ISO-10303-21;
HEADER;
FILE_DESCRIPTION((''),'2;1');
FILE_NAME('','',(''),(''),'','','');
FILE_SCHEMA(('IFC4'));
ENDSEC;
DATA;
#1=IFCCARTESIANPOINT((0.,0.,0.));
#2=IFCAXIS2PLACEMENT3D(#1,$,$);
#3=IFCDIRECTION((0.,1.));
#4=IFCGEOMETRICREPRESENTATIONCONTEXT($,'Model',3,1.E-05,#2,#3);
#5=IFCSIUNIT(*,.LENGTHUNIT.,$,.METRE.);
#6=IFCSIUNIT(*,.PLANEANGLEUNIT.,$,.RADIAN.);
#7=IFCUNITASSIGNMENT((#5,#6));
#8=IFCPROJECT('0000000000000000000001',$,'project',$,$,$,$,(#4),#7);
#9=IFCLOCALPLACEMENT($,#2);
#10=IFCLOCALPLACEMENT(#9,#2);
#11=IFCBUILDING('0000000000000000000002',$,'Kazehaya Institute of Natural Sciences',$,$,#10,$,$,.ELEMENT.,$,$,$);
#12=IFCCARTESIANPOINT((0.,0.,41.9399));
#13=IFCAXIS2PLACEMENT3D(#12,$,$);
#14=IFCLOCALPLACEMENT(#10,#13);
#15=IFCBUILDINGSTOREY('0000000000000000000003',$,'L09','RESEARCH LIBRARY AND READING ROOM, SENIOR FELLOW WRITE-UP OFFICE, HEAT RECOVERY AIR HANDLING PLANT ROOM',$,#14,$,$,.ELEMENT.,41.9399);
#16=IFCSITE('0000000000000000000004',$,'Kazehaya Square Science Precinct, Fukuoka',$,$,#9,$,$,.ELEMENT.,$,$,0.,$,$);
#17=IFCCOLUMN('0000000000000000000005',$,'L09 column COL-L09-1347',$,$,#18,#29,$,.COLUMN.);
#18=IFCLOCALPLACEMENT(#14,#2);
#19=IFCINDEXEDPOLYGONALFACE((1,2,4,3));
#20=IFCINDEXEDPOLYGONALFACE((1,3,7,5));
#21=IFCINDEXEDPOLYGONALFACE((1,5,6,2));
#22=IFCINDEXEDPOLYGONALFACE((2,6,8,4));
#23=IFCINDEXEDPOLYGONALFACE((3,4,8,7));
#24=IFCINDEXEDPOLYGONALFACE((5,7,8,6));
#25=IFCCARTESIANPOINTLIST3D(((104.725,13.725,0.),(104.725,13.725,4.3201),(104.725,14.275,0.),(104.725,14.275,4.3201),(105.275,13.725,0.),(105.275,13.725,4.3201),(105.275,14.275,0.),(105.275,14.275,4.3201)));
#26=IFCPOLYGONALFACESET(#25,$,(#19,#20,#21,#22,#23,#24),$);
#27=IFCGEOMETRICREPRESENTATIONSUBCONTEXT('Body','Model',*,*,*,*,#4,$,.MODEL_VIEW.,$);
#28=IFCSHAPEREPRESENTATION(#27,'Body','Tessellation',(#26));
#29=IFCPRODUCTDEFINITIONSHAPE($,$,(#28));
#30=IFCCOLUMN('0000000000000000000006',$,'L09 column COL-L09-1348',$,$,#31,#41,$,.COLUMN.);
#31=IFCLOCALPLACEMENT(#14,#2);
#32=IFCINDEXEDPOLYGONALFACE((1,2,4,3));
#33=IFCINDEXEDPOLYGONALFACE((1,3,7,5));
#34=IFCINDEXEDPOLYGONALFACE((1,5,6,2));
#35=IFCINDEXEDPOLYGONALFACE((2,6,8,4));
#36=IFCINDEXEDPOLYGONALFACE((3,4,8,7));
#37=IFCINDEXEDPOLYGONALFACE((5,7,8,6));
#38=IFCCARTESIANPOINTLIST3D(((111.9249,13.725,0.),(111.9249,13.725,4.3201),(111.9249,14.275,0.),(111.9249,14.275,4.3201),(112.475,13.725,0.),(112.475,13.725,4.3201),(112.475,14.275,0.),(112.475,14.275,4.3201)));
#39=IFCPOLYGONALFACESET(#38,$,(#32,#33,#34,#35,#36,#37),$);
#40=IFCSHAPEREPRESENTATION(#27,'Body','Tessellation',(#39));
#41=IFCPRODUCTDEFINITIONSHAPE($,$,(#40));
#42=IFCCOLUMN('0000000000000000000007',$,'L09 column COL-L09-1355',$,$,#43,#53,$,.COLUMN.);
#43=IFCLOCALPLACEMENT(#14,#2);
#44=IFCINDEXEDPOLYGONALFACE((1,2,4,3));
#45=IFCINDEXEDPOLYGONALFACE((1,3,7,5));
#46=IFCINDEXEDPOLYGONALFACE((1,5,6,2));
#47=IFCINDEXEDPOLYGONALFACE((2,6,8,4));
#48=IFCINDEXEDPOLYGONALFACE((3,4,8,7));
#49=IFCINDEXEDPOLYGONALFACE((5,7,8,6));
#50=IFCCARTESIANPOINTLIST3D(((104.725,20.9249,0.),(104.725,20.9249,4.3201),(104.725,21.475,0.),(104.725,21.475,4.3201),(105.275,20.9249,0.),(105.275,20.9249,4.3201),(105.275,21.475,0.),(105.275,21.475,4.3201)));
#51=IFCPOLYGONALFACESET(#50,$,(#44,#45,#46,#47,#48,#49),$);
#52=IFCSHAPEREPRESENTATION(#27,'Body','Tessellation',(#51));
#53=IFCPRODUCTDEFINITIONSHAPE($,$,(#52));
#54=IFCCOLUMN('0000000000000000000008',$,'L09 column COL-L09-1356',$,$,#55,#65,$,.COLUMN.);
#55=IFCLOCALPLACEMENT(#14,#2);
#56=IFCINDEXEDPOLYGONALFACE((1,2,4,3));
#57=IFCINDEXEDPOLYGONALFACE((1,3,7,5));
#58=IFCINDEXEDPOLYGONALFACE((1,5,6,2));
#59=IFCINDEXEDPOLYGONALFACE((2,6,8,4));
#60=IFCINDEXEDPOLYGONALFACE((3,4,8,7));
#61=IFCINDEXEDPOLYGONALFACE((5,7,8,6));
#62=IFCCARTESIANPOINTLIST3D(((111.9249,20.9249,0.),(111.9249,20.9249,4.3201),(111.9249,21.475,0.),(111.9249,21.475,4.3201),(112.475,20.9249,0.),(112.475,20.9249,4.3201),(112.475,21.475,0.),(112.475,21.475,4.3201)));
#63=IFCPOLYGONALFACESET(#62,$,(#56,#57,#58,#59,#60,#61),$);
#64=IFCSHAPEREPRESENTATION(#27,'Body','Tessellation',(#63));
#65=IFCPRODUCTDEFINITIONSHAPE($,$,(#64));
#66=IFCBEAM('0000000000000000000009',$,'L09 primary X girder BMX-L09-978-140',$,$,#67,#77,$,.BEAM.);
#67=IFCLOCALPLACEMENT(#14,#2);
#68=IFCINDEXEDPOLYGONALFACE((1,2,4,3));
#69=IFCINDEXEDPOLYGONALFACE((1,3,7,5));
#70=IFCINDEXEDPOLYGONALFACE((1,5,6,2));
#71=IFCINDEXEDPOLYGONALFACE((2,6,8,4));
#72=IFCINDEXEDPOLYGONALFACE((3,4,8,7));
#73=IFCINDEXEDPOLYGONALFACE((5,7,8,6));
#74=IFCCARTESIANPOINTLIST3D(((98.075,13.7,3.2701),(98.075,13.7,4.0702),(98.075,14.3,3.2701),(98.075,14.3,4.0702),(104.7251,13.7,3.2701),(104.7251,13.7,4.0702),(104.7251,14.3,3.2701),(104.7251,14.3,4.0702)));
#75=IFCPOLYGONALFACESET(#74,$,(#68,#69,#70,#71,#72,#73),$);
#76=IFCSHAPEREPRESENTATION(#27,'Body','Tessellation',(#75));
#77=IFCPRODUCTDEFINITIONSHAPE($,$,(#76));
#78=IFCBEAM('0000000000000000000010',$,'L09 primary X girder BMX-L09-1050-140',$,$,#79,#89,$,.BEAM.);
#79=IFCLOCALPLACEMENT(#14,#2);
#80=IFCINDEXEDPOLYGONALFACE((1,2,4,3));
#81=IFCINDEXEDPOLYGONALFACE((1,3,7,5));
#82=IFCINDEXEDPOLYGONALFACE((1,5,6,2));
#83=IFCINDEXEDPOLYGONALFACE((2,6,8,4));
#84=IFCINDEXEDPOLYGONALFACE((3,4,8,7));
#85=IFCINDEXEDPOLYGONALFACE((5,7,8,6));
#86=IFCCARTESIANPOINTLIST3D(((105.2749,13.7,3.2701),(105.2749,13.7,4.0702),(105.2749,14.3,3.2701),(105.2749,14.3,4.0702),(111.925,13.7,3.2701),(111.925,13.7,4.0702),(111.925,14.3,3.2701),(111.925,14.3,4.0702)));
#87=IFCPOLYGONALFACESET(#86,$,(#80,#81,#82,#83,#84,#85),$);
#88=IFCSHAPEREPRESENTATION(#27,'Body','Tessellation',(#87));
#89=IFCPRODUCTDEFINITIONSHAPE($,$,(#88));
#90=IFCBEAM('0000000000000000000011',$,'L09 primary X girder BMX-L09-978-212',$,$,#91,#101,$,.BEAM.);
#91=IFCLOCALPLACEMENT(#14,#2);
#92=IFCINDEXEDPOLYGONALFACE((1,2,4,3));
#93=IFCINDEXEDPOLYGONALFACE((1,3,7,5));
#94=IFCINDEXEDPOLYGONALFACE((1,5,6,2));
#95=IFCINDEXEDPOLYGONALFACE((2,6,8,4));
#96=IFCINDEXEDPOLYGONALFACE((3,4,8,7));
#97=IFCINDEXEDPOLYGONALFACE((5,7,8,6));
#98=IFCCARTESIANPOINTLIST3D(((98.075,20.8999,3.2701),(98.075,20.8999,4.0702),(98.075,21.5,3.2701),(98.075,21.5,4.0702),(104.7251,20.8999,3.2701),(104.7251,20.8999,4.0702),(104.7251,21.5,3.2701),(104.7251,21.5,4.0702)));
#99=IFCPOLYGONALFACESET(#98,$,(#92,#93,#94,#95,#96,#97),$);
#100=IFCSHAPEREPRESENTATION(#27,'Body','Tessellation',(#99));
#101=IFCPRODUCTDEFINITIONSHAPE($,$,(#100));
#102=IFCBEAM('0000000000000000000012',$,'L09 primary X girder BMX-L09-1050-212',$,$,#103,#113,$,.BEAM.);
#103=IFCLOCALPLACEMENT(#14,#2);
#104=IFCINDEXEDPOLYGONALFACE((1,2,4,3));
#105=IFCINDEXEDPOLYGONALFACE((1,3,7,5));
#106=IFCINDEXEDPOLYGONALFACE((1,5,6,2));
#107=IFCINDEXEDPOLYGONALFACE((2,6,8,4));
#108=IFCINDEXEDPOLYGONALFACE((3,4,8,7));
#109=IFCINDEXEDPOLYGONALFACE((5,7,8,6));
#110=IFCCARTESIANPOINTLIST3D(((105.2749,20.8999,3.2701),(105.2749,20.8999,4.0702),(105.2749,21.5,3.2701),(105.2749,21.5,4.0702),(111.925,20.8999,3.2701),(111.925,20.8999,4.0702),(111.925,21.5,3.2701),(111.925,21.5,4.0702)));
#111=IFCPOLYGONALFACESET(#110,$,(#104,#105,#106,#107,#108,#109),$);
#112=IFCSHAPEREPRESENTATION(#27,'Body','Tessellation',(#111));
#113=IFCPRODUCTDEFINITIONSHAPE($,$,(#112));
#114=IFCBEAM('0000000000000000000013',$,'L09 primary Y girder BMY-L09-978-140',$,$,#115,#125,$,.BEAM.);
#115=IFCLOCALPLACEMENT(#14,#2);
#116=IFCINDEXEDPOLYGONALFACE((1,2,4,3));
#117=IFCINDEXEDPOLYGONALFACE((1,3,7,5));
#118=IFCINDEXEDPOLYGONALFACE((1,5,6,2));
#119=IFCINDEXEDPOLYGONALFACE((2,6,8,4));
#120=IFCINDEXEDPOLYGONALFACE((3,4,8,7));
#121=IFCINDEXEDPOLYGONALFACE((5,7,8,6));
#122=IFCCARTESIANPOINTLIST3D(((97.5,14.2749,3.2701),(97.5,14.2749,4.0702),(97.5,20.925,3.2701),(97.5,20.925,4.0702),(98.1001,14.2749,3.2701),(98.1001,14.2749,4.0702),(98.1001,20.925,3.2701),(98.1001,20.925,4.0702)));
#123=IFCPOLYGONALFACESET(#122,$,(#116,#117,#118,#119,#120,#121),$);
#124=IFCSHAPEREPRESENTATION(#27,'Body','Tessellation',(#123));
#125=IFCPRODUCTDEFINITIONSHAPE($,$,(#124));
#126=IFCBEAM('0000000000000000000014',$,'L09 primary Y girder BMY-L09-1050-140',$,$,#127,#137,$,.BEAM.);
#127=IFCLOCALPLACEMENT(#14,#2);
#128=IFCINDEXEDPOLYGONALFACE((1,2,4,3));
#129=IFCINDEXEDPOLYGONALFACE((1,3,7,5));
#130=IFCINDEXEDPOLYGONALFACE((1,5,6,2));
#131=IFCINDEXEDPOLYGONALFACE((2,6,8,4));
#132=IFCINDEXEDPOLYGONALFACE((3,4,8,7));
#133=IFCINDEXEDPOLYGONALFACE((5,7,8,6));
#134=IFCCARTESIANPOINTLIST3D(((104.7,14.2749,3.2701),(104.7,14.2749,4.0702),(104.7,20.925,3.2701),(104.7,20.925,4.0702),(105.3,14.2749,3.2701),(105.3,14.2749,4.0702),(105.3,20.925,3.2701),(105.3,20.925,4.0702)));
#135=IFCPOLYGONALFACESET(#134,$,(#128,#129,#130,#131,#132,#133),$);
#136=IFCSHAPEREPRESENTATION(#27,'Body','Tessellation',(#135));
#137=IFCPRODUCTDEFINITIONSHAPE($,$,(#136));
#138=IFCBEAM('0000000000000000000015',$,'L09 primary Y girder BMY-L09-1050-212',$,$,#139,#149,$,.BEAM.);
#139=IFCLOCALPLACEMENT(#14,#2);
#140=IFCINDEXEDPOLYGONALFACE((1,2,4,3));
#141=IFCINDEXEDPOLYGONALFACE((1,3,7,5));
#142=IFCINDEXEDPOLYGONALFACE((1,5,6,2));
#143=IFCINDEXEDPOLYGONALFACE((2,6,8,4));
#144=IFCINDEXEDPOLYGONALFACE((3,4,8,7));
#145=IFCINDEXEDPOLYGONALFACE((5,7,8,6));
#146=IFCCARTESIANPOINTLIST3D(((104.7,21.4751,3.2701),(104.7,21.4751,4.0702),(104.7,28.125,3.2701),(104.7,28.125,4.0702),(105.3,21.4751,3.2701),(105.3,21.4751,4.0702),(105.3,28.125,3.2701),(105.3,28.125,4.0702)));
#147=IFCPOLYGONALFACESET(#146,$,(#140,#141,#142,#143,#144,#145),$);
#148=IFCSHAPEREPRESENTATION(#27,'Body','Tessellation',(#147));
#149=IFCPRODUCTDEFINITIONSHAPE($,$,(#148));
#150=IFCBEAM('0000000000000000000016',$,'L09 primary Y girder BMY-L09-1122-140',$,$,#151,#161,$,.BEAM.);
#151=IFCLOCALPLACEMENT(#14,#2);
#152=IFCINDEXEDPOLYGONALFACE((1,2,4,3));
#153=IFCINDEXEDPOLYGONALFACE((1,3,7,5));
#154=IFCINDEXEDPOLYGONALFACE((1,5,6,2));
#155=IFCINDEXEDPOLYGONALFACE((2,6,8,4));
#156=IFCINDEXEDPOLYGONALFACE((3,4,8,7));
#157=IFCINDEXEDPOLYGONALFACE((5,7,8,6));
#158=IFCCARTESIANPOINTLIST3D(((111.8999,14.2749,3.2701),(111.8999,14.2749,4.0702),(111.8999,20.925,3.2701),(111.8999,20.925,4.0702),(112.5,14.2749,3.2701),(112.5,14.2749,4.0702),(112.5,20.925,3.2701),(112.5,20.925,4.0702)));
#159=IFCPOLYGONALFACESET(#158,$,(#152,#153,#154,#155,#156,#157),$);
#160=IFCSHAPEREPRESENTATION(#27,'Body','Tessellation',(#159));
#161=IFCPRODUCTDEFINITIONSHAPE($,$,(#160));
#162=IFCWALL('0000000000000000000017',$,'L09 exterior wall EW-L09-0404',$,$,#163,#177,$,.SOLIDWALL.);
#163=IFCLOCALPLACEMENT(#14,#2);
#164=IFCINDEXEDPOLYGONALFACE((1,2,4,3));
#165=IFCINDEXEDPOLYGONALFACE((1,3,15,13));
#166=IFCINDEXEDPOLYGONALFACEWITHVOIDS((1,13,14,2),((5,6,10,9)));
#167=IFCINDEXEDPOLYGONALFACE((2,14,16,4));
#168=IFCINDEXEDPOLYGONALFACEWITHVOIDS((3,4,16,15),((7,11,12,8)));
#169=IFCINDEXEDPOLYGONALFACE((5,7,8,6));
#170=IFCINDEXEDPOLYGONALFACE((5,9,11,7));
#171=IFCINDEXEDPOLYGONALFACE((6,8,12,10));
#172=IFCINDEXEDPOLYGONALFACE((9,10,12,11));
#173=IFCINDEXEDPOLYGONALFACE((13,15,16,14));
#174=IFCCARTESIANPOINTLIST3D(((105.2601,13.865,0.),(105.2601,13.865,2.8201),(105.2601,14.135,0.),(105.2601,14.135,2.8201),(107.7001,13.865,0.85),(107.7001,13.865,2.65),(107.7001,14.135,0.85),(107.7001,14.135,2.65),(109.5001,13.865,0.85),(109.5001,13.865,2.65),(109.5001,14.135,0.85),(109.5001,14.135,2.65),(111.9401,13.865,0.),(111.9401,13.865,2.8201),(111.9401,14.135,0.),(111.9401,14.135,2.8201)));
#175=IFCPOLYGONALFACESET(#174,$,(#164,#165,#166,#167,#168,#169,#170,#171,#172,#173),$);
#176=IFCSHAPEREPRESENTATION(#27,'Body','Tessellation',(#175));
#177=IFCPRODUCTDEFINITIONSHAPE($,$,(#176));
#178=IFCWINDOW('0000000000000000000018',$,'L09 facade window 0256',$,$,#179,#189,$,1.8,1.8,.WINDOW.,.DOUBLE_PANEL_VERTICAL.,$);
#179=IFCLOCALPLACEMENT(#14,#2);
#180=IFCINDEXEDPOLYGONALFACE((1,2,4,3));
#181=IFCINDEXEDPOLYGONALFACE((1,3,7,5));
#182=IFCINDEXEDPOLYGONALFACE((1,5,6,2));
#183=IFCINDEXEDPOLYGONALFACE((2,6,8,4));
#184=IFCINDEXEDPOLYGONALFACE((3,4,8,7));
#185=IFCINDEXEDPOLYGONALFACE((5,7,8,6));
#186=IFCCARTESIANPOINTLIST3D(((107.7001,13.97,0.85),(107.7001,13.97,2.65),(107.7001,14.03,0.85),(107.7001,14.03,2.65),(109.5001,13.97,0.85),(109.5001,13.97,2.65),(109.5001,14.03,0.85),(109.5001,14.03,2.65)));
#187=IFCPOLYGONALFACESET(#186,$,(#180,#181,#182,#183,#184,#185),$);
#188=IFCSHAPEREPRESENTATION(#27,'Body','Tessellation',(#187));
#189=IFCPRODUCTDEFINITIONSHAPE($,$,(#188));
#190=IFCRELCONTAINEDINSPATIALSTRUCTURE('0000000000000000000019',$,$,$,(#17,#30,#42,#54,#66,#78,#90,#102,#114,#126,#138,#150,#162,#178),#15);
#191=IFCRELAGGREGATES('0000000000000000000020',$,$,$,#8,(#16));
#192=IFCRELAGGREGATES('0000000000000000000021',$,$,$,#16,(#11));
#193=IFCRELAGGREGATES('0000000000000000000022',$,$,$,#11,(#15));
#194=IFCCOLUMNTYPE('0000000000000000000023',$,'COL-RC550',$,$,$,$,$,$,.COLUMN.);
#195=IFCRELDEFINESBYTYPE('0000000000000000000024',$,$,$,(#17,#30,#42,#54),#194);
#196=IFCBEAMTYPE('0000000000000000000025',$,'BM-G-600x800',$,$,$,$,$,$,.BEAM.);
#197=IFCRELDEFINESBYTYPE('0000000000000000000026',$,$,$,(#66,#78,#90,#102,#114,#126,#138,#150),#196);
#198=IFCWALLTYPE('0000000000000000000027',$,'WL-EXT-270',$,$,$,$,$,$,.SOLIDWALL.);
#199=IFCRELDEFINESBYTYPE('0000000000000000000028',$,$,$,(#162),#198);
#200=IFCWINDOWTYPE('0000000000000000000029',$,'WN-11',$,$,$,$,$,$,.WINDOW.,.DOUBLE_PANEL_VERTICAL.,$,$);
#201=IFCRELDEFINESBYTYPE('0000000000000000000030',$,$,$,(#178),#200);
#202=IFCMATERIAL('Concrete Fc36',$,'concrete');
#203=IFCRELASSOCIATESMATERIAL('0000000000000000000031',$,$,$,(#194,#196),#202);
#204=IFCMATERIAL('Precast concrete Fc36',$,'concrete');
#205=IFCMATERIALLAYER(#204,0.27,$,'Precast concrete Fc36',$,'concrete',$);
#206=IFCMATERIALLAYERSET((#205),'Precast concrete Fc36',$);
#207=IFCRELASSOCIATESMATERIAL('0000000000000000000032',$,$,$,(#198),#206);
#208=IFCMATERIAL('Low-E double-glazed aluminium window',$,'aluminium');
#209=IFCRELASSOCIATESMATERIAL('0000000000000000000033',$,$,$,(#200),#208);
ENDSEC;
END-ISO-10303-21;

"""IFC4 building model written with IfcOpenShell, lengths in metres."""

from ifc_helpers import new_model, si_unit, direction, frame, frame_2d, origin, origin_2d, place, context, subcontext, project, spatial, rectangle, extrude, material, layer, layer_set, material_profile, profile_set, type_object, element, fill, save


model = new_model("IFC4")

# Units and contexts
model_context = context("Model", 3, precision=1e-05, world=origin(), true_north=direction((0.0, 1.0)))
body_context = subcontext(model_context, "Body", "Model", "MODEL_VIEW")
ifc_project = project(units=[si_unit("LENGTHUNIT", "METRE"), si_unit("PLANEANGLEUNIT", "RADIAN")], contexts=[model_context])

# Site, building, storey
site_placement = place(None, origin())
site = spatial("IfcSite", under=ifc_project, at=site_placement, Name="Kazehaya Square Science Precinct, Fukuoka", CompositionType="ELEMENT", RefElevation=0.0)
building_placement = place(site_placement, origin())
building = spatial("IfcBuilding", under=site, at=building_placement, Name="Kazehaya Institute of Natural Sciences", CompositionType="ELEMENT")
storey_placement = place(building_placement, frame((0.0, 0.0, 41.9399)))
storey = spatial("IfcBuildingStorey", under=building, at=storey_placement, Name="L09", Description="RESEARCH LIBRARY AND READING ROOM, SENIOR FELLOW WRITE-UP OFFICE, HEAT RECOVERY AIR HANDLING PLANT ROOM", CompositionType="ELEMENT", Elevation=41.9399)

# Columns
ifc_material_1 = material(Name="Concrete Fc36", Category="concrete")
ifc_material_profile_1 = material_profile(ifc_material_1, rectangle(XDim=0.55, YDim=0.55, at=origin_2d()), Name="RC-550x550")
ifc_profile_set_1 = profile_set([ifc_material_profile_1], Name="Concrete Fc36")
column_type = type_object("IfcColumnType", Name="COL-RC550", PredefinedType="COLUMN", material=ifc_profile_set_1)
for number, where, z_axis, x_axis, name in (
    (1, (105.0, 14.0, 0.0), (0.0, 0.0, 1.0), (1.0, 0.0, 0.0), "L09 column COL-L09-1347"),
    (2, (112.2, 14.0, 0.0), (0.0, 0.0, 1.0), (1.0, 0.0, 0.0), "L09 column COL-L09-1348"),
    (3, (105.0, 21.2, 0.0), (0.0, 0.0, 1.0), (1.0, 0.0, 0.0), "L09 column COL-L09-1355"),
    (4, (112.2, 21.2, 0.0), (0.0, 0.0, 1.0), (1.0, 0.0, 0.0), "L09 column COL-L09-1356"),
):
    element("IfcColumn", number, at=place(storey_placement, frame(where, z_axis=z_axis, x_axis=x_axis)), inside=storey, type_object=column_type, Name=name, PredefinedType="COLUMN", context=body_context, shape_type="SweptSolid", body=[
        extrude(rectangle(XDim=0.55, YDim=0.55, at=origin_2d()), origin(), (0.0, 0.0, 1.0), 4.3201),
    ])

# Beams
ifc_material_profile_2 = material_profile(ifc_material_1, rectangle(XDim=0.6001, YDim=0.8, at=origin_2d()), Name="RC-600x800")
ifc_profile_set_2 = profile_set([ifc_material_profile_2], Name="Concrete Fc36")
beam_type = type_object("IfcBeamType", Name="BM-G-600x800", PredefinedType="BEAM", material=ifc_profile_set_2)
for number, where, z_axis, x_axis, name in (
    (5, (98.075, 14.0, 3.6702), (1.0, 0.0, 0.0), (0.0, 1.0, 0.0), "L09 primary X girder BMX-L09-978-140"),
    (6, (105.2749, 14.0, 3.6702), (1.0, 0.0, 0.0), (0.0, 1.0, 0.0), "L09 primary X girder BMX-L09-1050-140"),
    (7, (98.075, 21.2, 3.6702), (1.0, 0.0, 0.0), (0.0, 1.0, 0.0), "L09 primary X girder BMX-L09-978-212"),
    (8, (105.2749, 21.2, 3.6702), (1.0, 0.0, 0.0), (0.0, 1.0, 0.0), "L09 primary X girder BMX-L09-1050-212"),
    (9, (97.8, 14.2749, 3.6702), (0.0, 1.0, 0.0), (-1.0, 0.0, 0.0), "L09 primary Y girder BMY-L09-978-140"),
    (10, (105.0, 14.2749, 3.6702), (0.0, 1.0, 0.0), (-1.0, 0.0, 0.0), "L09 primary Y girder BMY-L09-1050-140"),
):
    element("IfcBeam", number, at=place(storey_placement, frame(where, z_axis=z_axis, x_axis=x_axis)), inside=storey, type_object=beam_type, Name=name, PredefinedType="BEAM", context=body_context, shape_type="SweptSolid", body=[
        extrude(rectangle(XDim=0.6001, YDim=0.8, at=origin_2d()), origin(), (0.0, 0.0, 1.0), 6.6501),
    ])
beam_1_placement = place(storey_placement, frame((105.0, 21.4751, 3.6702), z_axis=(0.0, 1.0, 0.0), x_axis=(-1.0, 0.0, 0.0)))
element("IfcBeam", 11, at=beam_1_placement, inside=storey, type_object=beam_type, Name="L09 primary Y girder BMY-L09-1050-212", PredefinedType="BEAM", context=body_context, shape_type="SweptSolid", body=[
    extrude(rectangle(XDim=0.6001, YDim=0.8, at=origin_2d()), origin(), (0.0, 0.0, 1.0), 6.6499),
])
beam_2_placement = place(storey_placement, frame((112.2, 14.2749, 3.6702), z_axis=(0.0, 1.0, 0.0), x_axis=(-1.0, 0.0, 0.0)))
element("IfcBeam", 12, at=beam_2_placement, inside=storey, type_object=beam_type, Name="L09 primary Y girder BMY-L09-1122-140", PredefinedType="BEAM", context=body_context, shape_type="SweptSolid", body=[
    extrude(rectangle(XDim=0.6001, YDim=0.8, at=origin_2d()), origin(), (0.0, 0.0, 1.0), 6.6501),
])

# Wall, opening, window
ifc_material_2 = material(Name="Precast concrete Fc36", Category="concrete")
ifc_layer_1 = layer(ifc_material_2, 0.27, Name="Precast concrete Fc36", Category="concrete")
ifc_layer_set_1 = layer_set([ifc_layer_1], Name="Precast concrete Fc36")
wall_type = type_object("IfcWallType", Name="WL-EXT-270", PredefinedType="SOLIDWALL", material=ifc_layer_set_1)
wall_1_placement = place(storey_placement, frame((111.9399, 14.0, 0.0), z_axis=(0.0, 0.0, 1.0), x_axis=(-1.0, 0.0, 0.0)))
wall_1 = element("IfcWall", 13, at=wall_1_placement, inside=storey, type_object=wall_type, Name="L09 exterior wall EW-L09-0404", PredefinedType="SOLIDWALL", context=body_context, shape_type="SweptSolid", body=[
    extrude(rectangle(XDim=6.6799, YDim=0.27, at=frame_2d((3.3398, 0.0))), origin(), (0.0, 0.0, 1.0), 2.8201),
])
opening_1_placement = place(wall_1_placement, frame((2.4399, 0.0, 0.8501)))
opening_1 = element("IfcOpeningElement", 14, at=opening_1_placement, cuts=wall_1, PredefinedType="OPENING", context=body_context, shape_type="SweptSolid", body=[
    extrude(rectangle(XDim=1.8, YDim=1.8, at=frame_2d((0.8999, 0.8999))), frame((0.0, 0.145, 0.0), z_axis=(0.0, -1.0, 0.0), x_axis=(1.0, 0.0, 0.0)), (0.0, 0.0, 1.0), 0.29),
])
ifc_material_3 = material(Name="Low-E double-glazed aluminium window", Category="aluminium")
window_type_1 = type_object("IfcWindowType", Name="WN-11", PartitioningType="DOUBLE_PANEL_VERTICAL", PredefinedType="WINDOW", material=ifc_material_3)
window_1_placement = place(opening_1_placement, origin())
window_1 = element("IfcWindow", 15, at=window_1_placement, inside=storey, type_object=window_type_1, Name="L09 facade window 0256", OverallHeight=1.8, OverallWidth=1.8, PartitioningType="DOUBLE_PANEL_VERTICAL", PredefinedType="WINDOW", context=body_context, shape_type="SweptSolid", body=[
    extrude(rectangle(XDim=1.8, YDim=1.8, at=frame_2d((0.8999, 0.8999))), frame((0.0, 0.03, 0.0), z_axis=(0.0, -1.0, 0.0), x_axis=(1.0, 0.0, 0.0)), (0.0, 0.0, 1.0), 0.0601),
])
fill(opening_1, window_1)

save(model, "model.ifc")
